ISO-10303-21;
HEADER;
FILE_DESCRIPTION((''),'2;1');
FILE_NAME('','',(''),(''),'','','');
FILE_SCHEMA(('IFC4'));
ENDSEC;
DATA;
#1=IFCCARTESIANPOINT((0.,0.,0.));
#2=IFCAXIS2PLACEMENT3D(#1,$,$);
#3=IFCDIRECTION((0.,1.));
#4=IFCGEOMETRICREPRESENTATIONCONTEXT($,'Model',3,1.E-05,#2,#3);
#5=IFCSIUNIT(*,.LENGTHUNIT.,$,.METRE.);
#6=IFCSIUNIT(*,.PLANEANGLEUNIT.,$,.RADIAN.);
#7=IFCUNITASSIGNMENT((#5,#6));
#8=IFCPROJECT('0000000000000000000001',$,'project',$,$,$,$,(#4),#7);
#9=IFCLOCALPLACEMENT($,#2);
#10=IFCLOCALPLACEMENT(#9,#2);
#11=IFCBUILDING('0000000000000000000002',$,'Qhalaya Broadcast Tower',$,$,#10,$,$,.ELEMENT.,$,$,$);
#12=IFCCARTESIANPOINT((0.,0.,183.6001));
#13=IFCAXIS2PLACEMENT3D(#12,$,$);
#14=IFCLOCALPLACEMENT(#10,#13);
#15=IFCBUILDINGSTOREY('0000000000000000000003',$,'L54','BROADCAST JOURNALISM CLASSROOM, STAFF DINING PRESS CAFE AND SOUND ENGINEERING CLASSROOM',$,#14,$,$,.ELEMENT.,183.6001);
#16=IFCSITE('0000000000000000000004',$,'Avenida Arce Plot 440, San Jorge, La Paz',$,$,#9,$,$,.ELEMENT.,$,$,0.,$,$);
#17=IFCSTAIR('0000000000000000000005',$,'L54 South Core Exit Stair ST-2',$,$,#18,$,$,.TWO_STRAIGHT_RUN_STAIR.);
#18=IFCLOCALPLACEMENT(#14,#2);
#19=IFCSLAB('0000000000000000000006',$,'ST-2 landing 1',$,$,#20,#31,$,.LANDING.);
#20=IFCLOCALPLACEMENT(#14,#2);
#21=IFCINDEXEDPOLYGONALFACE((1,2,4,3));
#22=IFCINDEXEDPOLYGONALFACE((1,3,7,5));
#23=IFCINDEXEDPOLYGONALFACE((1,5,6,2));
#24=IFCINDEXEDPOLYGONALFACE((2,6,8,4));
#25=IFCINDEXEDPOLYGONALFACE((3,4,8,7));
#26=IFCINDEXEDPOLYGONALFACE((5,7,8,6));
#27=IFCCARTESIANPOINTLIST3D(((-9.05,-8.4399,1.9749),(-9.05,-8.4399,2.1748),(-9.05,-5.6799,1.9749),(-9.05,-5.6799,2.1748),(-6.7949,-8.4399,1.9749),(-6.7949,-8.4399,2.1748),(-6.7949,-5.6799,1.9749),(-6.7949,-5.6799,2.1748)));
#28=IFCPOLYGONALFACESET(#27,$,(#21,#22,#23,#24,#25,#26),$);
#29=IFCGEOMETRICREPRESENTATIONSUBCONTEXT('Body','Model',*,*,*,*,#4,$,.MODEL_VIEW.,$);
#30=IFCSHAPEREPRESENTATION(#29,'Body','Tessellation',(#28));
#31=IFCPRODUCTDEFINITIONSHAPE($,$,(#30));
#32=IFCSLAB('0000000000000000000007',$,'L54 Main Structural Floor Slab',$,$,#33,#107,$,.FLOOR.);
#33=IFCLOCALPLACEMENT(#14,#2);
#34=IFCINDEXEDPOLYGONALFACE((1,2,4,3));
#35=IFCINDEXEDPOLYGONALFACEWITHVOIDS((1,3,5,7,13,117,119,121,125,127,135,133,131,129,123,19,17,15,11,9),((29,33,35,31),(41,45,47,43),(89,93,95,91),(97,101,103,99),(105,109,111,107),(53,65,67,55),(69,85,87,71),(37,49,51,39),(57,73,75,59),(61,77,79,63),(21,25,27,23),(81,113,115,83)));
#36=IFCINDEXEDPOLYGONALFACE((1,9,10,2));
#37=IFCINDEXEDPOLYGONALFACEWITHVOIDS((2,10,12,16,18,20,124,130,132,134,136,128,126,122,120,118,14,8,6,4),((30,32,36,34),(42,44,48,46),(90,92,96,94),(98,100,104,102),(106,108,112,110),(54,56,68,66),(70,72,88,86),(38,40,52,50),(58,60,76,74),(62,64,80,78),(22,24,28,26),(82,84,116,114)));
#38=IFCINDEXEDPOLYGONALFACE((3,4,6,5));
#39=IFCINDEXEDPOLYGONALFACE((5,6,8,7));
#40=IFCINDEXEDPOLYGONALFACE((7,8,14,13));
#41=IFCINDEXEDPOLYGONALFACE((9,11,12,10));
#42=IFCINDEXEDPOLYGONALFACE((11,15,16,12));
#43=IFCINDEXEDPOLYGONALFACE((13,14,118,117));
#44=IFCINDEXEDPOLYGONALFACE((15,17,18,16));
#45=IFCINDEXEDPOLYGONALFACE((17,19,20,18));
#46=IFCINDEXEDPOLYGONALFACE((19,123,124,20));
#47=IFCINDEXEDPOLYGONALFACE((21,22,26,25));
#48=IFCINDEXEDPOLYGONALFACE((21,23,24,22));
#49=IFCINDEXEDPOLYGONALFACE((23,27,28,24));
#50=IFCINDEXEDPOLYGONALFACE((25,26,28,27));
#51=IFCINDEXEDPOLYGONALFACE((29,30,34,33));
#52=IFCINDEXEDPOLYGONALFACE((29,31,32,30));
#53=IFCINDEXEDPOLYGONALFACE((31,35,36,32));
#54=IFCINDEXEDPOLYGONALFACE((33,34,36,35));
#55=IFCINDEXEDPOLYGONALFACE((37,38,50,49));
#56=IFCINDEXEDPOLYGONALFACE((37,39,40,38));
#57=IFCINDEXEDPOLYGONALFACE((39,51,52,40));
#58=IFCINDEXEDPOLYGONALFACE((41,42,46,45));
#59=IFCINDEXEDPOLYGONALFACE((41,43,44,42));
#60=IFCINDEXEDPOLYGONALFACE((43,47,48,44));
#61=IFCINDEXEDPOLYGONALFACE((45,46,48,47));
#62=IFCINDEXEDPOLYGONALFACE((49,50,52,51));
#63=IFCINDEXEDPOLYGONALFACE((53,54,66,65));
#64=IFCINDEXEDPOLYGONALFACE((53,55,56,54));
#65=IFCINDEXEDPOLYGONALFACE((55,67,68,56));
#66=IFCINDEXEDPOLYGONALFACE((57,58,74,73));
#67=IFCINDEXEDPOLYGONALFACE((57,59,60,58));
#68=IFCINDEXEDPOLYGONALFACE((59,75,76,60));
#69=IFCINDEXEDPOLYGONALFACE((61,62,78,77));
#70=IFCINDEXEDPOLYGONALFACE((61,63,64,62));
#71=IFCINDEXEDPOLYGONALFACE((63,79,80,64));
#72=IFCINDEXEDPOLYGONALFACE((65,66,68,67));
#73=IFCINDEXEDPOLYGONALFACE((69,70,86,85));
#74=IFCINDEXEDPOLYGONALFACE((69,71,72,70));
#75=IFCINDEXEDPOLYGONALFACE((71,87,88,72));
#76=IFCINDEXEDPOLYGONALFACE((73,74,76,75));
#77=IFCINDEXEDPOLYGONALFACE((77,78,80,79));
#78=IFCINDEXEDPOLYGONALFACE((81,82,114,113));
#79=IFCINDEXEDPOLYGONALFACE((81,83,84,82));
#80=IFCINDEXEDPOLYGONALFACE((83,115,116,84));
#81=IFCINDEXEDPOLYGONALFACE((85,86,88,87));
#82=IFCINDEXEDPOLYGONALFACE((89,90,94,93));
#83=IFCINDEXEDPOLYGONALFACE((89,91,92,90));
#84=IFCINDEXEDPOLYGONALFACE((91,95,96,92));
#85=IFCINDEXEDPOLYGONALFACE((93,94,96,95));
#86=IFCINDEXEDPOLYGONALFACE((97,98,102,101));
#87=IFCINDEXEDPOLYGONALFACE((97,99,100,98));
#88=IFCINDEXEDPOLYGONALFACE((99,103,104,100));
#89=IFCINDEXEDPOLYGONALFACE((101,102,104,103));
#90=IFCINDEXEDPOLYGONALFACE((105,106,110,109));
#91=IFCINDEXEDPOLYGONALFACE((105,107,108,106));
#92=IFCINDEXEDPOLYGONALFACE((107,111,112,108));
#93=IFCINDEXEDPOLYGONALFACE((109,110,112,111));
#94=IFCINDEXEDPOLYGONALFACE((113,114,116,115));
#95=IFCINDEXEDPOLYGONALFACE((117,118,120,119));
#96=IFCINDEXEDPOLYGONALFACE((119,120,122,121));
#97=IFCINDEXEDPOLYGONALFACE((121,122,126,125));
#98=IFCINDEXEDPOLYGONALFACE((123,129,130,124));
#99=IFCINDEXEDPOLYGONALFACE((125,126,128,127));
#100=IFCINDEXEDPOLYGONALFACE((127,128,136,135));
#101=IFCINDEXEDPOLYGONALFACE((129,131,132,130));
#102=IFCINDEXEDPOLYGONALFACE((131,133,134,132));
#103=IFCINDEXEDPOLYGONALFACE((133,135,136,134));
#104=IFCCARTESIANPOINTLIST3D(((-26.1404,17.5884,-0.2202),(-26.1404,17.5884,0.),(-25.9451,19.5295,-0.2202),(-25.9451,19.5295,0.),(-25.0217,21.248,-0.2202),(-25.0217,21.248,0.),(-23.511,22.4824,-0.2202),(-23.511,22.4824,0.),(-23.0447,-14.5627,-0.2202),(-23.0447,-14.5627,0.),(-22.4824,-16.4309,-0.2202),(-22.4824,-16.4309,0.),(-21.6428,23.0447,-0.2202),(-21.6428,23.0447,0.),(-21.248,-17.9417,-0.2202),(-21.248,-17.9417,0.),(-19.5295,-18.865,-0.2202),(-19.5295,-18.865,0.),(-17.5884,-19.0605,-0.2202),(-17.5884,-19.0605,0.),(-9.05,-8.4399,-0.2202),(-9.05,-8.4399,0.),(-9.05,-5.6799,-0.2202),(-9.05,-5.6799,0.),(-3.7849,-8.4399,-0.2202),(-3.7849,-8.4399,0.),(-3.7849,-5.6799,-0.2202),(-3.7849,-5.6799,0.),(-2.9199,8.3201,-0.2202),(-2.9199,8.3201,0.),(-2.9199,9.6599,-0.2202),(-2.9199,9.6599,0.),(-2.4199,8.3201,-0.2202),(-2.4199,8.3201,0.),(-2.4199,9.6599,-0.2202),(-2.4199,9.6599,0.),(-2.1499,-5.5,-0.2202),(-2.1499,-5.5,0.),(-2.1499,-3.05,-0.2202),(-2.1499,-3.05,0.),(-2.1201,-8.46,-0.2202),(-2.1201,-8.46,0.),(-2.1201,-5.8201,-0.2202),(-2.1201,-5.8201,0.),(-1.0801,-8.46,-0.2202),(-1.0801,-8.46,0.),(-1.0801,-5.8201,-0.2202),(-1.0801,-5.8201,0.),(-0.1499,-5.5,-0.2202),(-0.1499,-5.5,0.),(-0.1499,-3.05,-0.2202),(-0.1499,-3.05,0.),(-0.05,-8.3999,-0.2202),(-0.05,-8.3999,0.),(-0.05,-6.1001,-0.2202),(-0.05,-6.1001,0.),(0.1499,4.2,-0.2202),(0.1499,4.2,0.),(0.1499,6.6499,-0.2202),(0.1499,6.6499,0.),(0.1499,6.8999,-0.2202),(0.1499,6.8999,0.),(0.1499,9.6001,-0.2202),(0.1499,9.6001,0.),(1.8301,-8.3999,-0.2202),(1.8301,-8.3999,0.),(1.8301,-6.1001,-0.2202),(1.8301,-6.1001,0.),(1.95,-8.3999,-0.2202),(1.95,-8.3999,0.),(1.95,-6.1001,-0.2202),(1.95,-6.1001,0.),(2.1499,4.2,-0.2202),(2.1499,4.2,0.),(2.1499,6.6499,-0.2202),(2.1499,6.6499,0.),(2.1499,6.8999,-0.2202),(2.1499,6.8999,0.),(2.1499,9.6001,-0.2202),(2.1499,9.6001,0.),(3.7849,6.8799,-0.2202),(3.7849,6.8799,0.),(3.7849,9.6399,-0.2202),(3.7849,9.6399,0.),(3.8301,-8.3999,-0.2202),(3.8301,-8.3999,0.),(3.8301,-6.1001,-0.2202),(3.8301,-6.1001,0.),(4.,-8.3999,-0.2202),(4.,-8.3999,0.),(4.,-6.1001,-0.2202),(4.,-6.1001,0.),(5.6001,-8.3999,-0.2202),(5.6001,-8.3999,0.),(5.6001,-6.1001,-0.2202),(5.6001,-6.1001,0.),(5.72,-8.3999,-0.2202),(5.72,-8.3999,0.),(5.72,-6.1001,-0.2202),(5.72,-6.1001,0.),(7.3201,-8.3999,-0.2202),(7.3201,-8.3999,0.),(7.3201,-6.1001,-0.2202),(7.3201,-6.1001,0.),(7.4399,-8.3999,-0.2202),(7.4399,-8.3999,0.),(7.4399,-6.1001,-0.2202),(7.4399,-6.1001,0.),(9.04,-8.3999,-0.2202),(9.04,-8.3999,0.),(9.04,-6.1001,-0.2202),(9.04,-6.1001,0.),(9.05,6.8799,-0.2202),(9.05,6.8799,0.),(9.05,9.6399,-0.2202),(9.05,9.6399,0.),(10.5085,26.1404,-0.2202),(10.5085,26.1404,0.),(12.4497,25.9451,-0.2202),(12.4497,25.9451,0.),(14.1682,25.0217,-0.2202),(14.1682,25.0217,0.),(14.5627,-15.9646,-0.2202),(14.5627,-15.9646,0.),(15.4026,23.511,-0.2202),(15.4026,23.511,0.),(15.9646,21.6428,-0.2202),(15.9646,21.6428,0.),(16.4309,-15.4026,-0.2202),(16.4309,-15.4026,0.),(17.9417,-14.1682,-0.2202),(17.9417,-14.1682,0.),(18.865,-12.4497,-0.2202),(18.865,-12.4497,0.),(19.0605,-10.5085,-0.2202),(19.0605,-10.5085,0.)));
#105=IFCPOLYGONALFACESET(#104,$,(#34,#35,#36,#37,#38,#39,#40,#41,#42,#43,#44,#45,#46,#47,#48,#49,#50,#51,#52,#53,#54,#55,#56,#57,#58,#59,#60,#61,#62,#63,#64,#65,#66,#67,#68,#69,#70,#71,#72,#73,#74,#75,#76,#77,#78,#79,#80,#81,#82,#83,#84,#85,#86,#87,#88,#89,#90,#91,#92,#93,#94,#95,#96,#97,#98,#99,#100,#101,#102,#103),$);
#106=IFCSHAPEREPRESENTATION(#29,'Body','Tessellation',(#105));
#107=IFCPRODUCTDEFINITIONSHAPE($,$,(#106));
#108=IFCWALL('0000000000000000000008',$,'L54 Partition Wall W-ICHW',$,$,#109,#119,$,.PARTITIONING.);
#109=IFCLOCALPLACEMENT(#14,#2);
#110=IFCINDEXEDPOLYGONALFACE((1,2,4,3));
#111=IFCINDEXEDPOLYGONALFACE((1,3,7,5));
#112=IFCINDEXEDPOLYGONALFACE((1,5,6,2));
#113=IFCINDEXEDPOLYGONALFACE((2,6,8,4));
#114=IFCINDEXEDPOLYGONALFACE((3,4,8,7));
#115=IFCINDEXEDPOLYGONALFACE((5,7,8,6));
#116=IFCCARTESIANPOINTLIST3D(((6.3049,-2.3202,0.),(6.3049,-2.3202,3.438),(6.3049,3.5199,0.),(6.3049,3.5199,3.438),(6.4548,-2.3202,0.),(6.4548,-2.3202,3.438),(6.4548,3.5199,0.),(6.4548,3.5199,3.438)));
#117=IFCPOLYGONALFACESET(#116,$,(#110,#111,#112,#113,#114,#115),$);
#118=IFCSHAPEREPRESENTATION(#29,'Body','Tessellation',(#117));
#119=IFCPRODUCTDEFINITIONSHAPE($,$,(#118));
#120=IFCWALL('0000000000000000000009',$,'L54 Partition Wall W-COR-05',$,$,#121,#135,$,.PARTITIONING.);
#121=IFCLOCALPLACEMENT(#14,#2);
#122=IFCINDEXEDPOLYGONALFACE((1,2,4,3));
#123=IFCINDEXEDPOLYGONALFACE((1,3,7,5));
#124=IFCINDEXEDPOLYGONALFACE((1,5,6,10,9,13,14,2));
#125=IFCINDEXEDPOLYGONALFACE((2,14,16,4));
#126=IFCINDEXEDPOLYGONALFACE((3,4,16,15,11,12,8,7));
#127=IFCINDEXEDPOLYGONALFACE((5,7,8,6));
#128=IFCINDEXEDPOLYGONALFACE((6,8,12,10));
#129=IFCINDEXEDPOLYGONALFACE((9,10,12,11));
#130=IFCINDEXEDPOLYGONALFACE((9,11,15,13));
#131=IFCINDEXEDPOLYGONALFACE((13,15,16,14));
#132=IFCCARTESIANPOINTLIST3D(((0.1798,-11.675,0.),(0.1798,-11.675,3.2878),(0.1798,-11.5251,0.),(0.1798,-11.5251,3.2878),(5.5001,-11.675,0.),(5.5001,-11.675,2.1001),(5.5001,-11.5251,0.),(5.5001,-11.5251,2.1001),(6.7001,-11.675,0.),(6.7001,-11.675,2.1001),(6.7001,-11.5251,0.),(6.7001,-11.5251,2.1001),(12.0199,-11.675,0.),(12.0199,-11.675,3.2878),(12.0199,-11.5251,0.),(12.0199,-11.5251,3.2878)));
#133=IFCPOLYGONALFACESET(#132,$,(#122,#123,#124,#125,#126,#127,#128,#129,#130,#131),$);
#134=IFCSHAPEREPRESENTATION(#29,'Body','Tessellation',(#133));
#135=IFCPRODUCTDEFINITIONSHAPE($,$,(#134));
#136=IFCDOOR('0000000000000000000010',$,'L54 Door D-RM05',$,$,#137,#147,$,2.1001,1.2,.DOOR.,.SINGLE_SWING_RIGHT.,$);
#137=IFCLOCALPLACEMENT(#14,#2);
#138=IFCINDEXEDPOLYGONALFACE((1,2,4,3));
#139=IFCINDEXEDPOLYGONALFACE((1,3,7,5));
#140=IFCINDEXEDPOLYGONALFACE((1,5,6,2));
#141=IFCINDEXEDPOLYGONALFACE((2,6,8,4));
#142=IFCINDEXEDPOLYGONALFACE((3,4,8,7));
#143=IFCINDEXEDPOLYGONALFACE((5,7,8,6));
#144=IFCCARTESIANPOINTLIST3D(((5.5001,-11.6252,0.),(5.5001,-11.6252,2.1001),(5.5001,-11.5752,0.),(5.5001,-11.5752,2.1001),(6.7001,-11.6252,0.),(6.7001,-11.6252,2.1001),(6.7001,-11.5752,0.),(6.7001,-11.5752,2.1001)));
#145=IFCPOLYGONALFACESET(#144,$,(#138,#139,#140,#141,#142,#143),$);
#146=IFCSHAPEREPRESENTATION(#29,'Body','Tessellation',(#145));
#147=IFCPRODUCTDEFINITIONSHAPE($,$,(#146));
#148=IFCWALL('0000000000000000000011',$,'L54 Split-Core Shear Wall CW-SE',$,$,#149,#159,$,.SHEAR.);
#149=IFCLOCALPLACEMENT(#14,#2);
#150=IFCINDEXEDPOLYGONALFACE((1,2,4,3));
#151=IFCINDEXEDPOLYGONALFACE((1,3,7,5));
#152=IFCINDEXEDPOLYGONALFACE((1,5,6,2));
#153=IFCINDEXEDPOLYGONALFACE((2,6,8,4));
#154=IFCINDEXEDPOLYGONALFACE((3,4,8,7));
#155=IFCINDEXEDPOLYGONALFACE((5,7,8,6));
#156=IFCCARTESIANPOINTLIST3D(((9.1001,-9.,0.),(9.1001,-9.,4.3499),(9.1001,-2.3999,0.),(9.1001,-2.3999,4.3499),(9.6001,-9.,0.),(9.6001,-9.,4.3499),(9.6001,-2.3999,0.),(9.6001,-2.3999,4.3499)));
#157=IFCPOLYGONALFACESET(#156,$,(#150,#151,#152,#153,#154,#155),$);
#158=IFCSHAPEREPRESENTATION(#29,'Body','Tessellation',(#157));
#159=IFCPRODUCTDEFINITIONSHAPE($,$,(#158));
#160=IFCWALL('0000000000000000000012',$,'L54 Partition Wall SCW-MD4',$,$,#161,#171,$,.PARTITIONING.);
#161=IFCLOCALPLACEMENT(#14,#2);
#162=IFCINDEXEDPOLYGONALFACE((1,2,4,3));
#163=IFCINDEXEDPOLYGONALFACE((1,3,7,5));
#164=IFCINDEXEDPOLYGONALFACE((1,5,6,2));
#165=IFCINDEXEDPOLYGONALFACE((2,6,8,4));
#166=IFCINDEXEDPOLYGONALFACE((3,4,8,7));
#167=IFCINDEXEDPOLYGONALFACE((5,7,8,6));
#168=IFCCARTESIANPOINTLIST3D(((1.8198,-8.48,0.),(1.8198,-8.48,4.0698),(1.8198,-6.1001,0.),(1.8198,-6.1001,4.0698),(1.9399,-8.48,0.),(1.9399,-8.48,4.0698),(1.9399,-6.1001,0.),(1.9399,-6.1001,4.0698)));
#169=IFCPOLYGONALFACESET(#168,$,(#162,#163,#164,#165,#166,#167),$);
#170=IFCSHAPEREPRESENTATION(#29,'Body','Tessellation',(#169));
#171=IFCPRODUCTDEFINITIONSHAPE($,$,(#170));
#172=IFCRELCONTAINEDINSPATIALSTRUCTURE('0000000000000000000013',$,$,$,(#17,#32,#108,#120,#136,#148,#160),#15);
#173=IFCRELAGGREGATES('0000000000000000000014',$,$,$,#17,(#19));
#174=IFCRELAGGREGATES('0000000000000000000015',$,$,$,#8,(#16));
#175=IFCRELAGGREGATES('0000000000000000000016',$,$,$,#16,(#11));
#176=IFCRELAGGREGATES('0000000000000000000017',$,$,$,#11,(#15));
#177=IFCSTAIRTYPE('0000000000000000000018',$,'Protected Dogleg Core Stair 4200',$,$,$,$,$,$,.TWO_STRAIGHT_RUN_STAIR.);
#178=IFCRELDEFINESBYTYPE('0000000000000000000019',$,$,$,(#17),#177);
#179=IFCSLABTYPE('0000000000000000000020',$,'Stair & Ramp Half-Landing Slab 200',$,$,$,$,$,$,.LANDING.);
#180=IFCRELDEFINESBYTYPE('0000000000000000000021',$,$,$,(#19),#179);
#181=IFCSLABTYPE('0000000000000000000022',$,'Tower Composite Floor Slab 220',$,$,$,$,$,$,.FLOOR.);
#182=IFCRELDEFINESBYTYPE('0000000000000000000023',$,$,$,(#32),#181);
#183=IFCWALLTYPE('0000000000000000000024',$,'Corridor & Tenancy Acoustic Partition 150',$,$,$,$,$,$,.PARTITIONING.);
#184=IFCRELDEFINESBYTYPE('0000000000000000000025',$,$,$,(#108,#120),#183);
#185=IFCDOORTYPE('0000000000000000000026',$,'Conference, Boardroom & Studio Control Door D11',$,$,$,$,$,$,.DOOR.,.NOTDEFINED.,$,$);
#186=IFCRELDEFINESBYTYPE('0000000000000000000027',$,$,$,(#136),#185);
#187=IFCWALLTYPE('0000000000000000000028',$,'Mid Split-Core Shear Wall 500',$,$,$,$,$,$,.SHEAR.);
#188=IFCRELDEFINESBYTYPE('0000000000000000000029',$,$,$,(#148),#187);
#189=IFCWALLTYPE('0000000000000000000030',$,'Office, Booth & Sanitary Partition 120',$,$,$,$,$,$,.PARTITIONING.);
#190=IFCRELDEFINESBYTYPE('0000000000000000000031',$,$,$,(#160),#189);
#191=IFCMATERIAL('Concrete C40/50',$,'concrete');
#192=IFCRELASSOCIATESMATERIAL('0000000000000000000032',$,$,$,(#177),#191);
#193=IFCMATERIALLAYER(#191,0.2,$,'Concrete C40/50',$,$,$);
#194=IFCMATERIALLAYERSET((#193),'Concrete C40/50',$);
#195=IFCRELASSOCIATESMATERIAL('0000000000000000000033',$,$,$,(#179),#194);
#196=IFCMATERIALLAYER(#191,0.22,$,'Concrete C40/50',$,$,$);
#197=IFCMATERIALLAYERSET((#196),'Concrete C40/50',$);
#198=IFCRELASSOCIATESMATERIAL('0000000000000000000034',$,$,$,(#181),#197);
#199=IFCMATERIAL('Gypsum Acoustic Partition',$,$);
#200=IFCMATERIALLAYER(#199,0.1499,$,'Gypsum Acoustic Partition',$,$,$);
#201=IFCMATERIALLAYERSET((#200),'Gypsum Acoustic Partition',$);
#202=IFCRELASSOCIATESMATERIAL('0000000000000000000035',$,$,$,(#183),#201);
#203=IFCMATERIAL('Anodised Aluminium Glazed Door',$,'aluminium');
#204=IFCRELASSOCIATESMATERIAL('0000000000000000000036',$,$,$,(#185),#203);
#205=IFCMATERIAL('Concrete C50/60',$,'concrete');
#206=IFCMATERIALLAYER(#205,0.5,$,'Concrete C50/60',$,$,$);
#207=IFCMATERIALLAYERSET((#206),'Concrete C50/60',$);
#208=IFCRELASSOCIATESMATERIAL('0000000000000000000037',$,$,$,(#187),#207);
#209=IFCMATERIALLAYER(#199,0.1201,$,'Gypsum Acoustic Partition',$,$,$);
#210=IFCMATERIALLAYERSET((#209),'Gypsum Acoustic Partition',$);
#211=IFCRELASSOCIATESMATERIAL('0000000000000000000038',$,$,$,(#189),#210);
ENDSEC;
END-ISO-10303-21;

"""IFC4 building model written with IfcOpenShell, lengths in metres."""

from ifc_helpers import new_model, si_unit, direction, frame, frame_2d, origin, place, context, subcontext, project, spatial, polyline, rectangle, outline, extrude, material, layer, layer_set, type_object, element, fill, aggregate, save


model = new_model("IFC4")

# Units and contexts
model_context = context("Model", 3, precision=1e-05, world=origin(), true_north=direction((0.0, 1.0)))
body_context = subcontext(model_context, "Body", "Model", "MODEL_VIEW")
ifc_project = project(units=[si_unit("LENGTHUNIT", "METRE"), si_unit("PLANEANGLEUNIT", "RADIAN")], contexts=[model_context])

# Site, building, storey
site_placement = place(None, origin())
site = spatial("IfcSite", under=ifc_project, at=site_placement, Name="Avenida Arce Plot 440, San Jorge, La Paz", CompositionType="ELEMENT", RefElevation=0.0)
building_placement = place(site_placement, origin())
building = spatial("IfcBuilding", under=site, at=building_placement, Name="Qhalaya Broadcast Tower", CompositionType="ELEMENT")
storey_placement = place(building_placement, frame((0.0, 0.0, 183.6001)))
storey = spatial("IfcBuildingStorey", under=building, at=storey_placement, Name="L54", Description="BROADCAST JOURNALISM CLASSROOM, STAFF DINING PRESS CAFE AND SOUND ENGINEERING CLASSROOM", CompositionType="ELEMENT", Elevation=183.6001)

# Shared definitions
ifc_material_1 = material(Name="Concrete C50/60", Category="concrete")

# Stair, slab
ifc_material_2 = material(Name="Concrete C40/50", Category="concrete")
stair_type = type_object("IfcStairType", Name="Protected Dogleg Core Stair 4200", PredefinedType="TWO_STRAIGHT_RUN_STAIR", material=ifc_material_2)
ifc_layer_1 = layer(ifc_material_2, 0.2, Name="Concrete C40/50")
ifc_layer_set_1 = layer_set([ifc_layer_1], Name="Concrete C40/50")
slab_type_1 = type_object("IfcSlabType", Name="Stair & Ramp Half-Landing Slab 200", PredefinedType="LANDING", material=ifc_layer_set_1)
stair_1_placement = place(storey_placement, origin())
stair_1 = element("IfcStair", 1, at=stair_1_placement, inside=storey, type_object=stair_type, Name="L54 South Core Exit Stair ST-2", PredefinedType="TWO_STRAIGHT_RUN_STAIR")
slab_1_placement = place(storey_placement, frame((0.0, 0.0, 1.9749)))
slab_1 = element("IfcSlab", 2, at=slab_1_placement, type_object=slab_type_1, Name="ST-2 landing 1", PredefinedType="LANDING", context=body_context, shape_type="SweptSolid", body=[
    extrude(outline(polyline([(-6.7949, -5.6799), (-9.05, -5.6799), (-9.05, -8.4399), (-6.7949, -8.4399), (-6.7949, -5.6799)])), origin(), (0.0, 0.0, 1.0), 0.2),
])
aggregate(stair_1, [slab_1])

# Slab
ifc_layer_2 = layer(ifc_material_2, 0.22, Name="Concrete C40/50")
ifc_layer_set_2 = layer_set([ifc_layer_2], Name="Concrete C40/50")
slab_type_2 = type_object("IfcSlabType", Name="Tower Composite Floor Slab 220", PredefinedType="FLOOR", material=ifc_layer_set_2)
slab_2_placement = place(storey_placement, frame((0.0, 0.0, -0.2202)))
element("IfcSlab", 3, at=slab_2_placement, inside=storey, type_object=slab_type_2, Name="L54 Main Structural Floor Slab", PredefinedType="FLOOR", context=body_context, shape_type="SweptSolid", body=[
    extrude(outline(polyline([(14.5627, -15.9646), (16.4309, -15.4026), (17.9417, -14.1682), (18.865, -12.4497), (19.0605, -10.5085), (15.9646, 21.6428), (15.4026, 23.511), (14.1682, 25.0217), (12.4497, 25.9451), (10.5085, 26.1404), (-21.6428, 23.0447), (-23.511, 22.4824), (-25.0217, 21.248), (-25.9451, 19.5295), (-26.1404, 17.5884), (-23.0447, -14.5627), (-22.4824, -16.4309), (-21.248, -17.9417), (-19.5295, -18.865), (-17.5884, -19.0605), (14.5627, -15.9646)]), holes=[polyline([(3.7849, 9.6399), (9.05, 9.6399), (9.05, 6.8799), (3.7849, 6.8799), (3.7849, 9.6399)]), polyline([(-3.7849, -8.4399), (-9.05, -8.4399), (-9.05, -5.6799), (-3.7849, -5.6799), (-3.7849, -8.4399)]), polyline([(0.1499, 6.6499), (2.1499, 6.6499), (2.1499, 4.2), (0.1499, 4.2), (0.1499, 6.6499)]), polyline([(0.1499, 9.6001), (2.1499, 9.6001), (2.1499, 6.8999), (0.1499, 6.8999), (0.1499, 9.6001)]), polyline([(-2.1499, -3.05), (-0.1499, -3.05), (-0.1499, -5.5), (-2.1499, -5.5), (-2.1499, -3.05)]), polyline([(-0.05, -6.1001), (1.8301, -6.1001), (1.8301, -8.3999), (-0.05, -8.3999), (-0.05, -6.1001)]), polyline([(1.95, -6.1001), (3.8301, -6.1001), (3.8301, -8.3999), (1.95, -8.3999), (1.95, -6.1001)]), polyline([(4.0, -6.1001), (5.6001, -6.1001), (5.6001, -8.3999), (4.0, -8.3999), (4.0, -6.1001)]), polyline([(5.72, -6.1001), (7.3201, -6.1001), (7.3201, -8.3999), (5.72, -8.3999), (5.72, -6.1001)]), polyline([(7.4399, -6.1001), (9.04, -6.1001), (9.04, -8.3999), (7.4399, -8.3999), (7.4399, -6.1001)]), polyline([(-2.9199, 9.6599), (-2.4199, 9.6599), (-2.4199, 8.3201), (-2.9199, 8.3201), (-2.9199, 9.6599)]), polyline([(-2.1201, -5.8201), (-1.0801, -5.8201), (-1.0801, -8.46), (-2.1201, -8.46), (-2.1201, -5.8201)])]), origin(), (0.0, 0.0, 1.0), 0.2202),
])

# Wall
ifc_material_3 = material(Name="Gypsum Acoustic Partition")
ifc_layer_3 = layer(ifc_material_3, 0.1499, Name="Gypsum Acoustic Partition")
ifc_layer_set_3 = layer_set([ifc_layer_3], Name="Gypsum Acoustic Partition")
wall_type_1 = type_object("IfcWallType", Name="Corridor & Tenancy Acoustic Partition 150", PredefinedType="PARTITIONING", material=ifc_layer_set_3)
wall_1_placement = place(storey_placement, frame((6.3799, -2.3201, 0.0), z_axis=(0.0, 0.0, 1.0), x_axis=(0.0, 1.0, 0.0)))
element("IfcWall", 4, at=wall_1_placement, inside=storey, type_object=wall_type_1, Name="L54 Partition Wall W-ICHW", PredefinedType="PARTITIONING", context=body_context, shape_type="SweptSolid", body=[
    extrude(rectangle(XDim=5.8401, YDim=0.1499, at=frame_2d((2.9199, 0.0))), origin(), (0.0, 0.0, 1.0), 3.438),
])

# Wall, opening, door
wall_2_placement = place(storey_placement, frame((0.1799, -11.6001, 0.0), z_axis=(0.0, 0.0, 1.0), x_axis=(1.0, 0.0, 0.0)))
wall_2 = element("IfcWall", 5, at=wall_2_placement, inside=storey, type_object=wall_type_1, Name="L54 Partition Wall W-COR-05", PredefinedType="PARTITIONING", context=body_context, shape_type="SweptSolid", body=[
    extrude(rectangle(XDim=11.8401, YDim=0.1499, at=frame_2d((5.9199, 0.0))), origin(), (0.0, 0.0, 1.0), 3.2878),
])
opening_1_placement = place(wall_2_placement, frame((5.3201, 0.0, 0.0)))
opening_1 = element("IfcOpeningElement", 6, at=opening_1_placement, cuts=wall_2, PredefinedType="OPENING", context=body_context, shape_type="SweptSolid", body=[
    extrude(rectangle(XDim=1.2, YDim=2.1001, at=frame_2d((0.6001, 1.05))), frame((0.0, 0.0869, 0.0), z_axis=(0.0, -1.0, 0.0), x_axis=(1.0, 0.0, 0.0)), (0.0, 0.0, 1.0), 0.1738),
])
ifc_material_4 = material(Name="Anodised Aluminium Glazed Door", Category="aluminium")
door_type_1 = type_object("IfcDoorType", Name="Conference, Boardroom & Studio Control Door D11", OperationType="NOTDEFINED", PredefinedType="DOOR", material=ifc_material_4)
door_1_placement = place(opening_1_placement, origin())
door_1 = element("IfcDoor", 7, at=door_1_placement, inside=storey, type_object=door_type_1, Name="L54 Door D-RM05", OperationType="SINGLE_SWING_RIGHT", OverallHeight=2.1001, OverallWidth=1.2, PredefinedType="DOOR", context=body_context, shape_type="SweptSolid", body=[
    extrude(rectangle(XDim=1.2, YDim=2.1001, at=frame_2d((0.6001, 1.05))), frame((0.0, 0.0249, 0.0), z_axis=(0.0, -1.0, 0.0), x_axis=(1.0, 0.0, 0.0)), (0.0, 0.0, 1.0), 0.05),
])
fill(opening_1, door_1)

# Walls
ifc_layer_4 = layer(ifc_material_1, 0.5, Name="Concrete C50/60")
ifc_layer_set_4 = layer_set([ifc_layer_4], Name="Concrete C50/60")
wall_type_2 = type_object("IfcWallType", Name="Mid Split-Core Shear Wall 500", PredefinedType="SHEAR", material=ifc_layer_set_4)
wall_3_placement = place(storey_placement, frame((9.3501, -9.0, 0.0), z_axis=(0.0, 0.0, 1.0), x_axis=(0.0, 1.0, 0.0)))
element("IfcWall", 8, at=wall_3_placement, inside=storey, type_object=wall_type_2, Name="L54 Split-Core Shear Wall CW-SE", PredefinedType="SHEAR", context=body_context, shape_type="SweptSolid", body=[
    extrude(rectangle(XDim=6.6001, YDim=0.5, at=frame_2d((3.3, 0.0))), origin(), (0.0, 0.0, 1.0), 4.3499),
])
ifc_layer_5 = layer(ifc_material_3, 0.1201, Name="Gypsum Acoustic Partition")
ifc_layer_set_5 = layer_set([ifc_layer_5], Name="Gypsum Acoustic Partition")
wall_type_3 = type_object("IfcWallType", Name="Office, Booth & Sanitary Partition 120", PredefinedType="PARTITIONING", material=ifc_layer_set_5)
for number, where, z_axis, x_axis, name in (
    (9, (1.8799, -8.48, 0.0), (0.0, 0.0, 1.0), (0.0, 1.0, 0.0), "L54 Partition Wall SCW-MD4"),
):
    element("IfcWall", number, at=place(storey_placement, frame(where, z_axis=z_axis, x_axis=x_axis)), inside=storey, type_object=wall_type_3, Name=name, PredefinedType="PARTITIONING", context=body_context, shape_type="SweptSolid", body=[
        extrude(rectangle(XDim=2.3799, YDim=0.1201, at=frame_2d((1.1899, 0.0))), origin(), (0.0, 0.0, 1.0), 4.0698),
    ])

save(model, "model.ifc")
